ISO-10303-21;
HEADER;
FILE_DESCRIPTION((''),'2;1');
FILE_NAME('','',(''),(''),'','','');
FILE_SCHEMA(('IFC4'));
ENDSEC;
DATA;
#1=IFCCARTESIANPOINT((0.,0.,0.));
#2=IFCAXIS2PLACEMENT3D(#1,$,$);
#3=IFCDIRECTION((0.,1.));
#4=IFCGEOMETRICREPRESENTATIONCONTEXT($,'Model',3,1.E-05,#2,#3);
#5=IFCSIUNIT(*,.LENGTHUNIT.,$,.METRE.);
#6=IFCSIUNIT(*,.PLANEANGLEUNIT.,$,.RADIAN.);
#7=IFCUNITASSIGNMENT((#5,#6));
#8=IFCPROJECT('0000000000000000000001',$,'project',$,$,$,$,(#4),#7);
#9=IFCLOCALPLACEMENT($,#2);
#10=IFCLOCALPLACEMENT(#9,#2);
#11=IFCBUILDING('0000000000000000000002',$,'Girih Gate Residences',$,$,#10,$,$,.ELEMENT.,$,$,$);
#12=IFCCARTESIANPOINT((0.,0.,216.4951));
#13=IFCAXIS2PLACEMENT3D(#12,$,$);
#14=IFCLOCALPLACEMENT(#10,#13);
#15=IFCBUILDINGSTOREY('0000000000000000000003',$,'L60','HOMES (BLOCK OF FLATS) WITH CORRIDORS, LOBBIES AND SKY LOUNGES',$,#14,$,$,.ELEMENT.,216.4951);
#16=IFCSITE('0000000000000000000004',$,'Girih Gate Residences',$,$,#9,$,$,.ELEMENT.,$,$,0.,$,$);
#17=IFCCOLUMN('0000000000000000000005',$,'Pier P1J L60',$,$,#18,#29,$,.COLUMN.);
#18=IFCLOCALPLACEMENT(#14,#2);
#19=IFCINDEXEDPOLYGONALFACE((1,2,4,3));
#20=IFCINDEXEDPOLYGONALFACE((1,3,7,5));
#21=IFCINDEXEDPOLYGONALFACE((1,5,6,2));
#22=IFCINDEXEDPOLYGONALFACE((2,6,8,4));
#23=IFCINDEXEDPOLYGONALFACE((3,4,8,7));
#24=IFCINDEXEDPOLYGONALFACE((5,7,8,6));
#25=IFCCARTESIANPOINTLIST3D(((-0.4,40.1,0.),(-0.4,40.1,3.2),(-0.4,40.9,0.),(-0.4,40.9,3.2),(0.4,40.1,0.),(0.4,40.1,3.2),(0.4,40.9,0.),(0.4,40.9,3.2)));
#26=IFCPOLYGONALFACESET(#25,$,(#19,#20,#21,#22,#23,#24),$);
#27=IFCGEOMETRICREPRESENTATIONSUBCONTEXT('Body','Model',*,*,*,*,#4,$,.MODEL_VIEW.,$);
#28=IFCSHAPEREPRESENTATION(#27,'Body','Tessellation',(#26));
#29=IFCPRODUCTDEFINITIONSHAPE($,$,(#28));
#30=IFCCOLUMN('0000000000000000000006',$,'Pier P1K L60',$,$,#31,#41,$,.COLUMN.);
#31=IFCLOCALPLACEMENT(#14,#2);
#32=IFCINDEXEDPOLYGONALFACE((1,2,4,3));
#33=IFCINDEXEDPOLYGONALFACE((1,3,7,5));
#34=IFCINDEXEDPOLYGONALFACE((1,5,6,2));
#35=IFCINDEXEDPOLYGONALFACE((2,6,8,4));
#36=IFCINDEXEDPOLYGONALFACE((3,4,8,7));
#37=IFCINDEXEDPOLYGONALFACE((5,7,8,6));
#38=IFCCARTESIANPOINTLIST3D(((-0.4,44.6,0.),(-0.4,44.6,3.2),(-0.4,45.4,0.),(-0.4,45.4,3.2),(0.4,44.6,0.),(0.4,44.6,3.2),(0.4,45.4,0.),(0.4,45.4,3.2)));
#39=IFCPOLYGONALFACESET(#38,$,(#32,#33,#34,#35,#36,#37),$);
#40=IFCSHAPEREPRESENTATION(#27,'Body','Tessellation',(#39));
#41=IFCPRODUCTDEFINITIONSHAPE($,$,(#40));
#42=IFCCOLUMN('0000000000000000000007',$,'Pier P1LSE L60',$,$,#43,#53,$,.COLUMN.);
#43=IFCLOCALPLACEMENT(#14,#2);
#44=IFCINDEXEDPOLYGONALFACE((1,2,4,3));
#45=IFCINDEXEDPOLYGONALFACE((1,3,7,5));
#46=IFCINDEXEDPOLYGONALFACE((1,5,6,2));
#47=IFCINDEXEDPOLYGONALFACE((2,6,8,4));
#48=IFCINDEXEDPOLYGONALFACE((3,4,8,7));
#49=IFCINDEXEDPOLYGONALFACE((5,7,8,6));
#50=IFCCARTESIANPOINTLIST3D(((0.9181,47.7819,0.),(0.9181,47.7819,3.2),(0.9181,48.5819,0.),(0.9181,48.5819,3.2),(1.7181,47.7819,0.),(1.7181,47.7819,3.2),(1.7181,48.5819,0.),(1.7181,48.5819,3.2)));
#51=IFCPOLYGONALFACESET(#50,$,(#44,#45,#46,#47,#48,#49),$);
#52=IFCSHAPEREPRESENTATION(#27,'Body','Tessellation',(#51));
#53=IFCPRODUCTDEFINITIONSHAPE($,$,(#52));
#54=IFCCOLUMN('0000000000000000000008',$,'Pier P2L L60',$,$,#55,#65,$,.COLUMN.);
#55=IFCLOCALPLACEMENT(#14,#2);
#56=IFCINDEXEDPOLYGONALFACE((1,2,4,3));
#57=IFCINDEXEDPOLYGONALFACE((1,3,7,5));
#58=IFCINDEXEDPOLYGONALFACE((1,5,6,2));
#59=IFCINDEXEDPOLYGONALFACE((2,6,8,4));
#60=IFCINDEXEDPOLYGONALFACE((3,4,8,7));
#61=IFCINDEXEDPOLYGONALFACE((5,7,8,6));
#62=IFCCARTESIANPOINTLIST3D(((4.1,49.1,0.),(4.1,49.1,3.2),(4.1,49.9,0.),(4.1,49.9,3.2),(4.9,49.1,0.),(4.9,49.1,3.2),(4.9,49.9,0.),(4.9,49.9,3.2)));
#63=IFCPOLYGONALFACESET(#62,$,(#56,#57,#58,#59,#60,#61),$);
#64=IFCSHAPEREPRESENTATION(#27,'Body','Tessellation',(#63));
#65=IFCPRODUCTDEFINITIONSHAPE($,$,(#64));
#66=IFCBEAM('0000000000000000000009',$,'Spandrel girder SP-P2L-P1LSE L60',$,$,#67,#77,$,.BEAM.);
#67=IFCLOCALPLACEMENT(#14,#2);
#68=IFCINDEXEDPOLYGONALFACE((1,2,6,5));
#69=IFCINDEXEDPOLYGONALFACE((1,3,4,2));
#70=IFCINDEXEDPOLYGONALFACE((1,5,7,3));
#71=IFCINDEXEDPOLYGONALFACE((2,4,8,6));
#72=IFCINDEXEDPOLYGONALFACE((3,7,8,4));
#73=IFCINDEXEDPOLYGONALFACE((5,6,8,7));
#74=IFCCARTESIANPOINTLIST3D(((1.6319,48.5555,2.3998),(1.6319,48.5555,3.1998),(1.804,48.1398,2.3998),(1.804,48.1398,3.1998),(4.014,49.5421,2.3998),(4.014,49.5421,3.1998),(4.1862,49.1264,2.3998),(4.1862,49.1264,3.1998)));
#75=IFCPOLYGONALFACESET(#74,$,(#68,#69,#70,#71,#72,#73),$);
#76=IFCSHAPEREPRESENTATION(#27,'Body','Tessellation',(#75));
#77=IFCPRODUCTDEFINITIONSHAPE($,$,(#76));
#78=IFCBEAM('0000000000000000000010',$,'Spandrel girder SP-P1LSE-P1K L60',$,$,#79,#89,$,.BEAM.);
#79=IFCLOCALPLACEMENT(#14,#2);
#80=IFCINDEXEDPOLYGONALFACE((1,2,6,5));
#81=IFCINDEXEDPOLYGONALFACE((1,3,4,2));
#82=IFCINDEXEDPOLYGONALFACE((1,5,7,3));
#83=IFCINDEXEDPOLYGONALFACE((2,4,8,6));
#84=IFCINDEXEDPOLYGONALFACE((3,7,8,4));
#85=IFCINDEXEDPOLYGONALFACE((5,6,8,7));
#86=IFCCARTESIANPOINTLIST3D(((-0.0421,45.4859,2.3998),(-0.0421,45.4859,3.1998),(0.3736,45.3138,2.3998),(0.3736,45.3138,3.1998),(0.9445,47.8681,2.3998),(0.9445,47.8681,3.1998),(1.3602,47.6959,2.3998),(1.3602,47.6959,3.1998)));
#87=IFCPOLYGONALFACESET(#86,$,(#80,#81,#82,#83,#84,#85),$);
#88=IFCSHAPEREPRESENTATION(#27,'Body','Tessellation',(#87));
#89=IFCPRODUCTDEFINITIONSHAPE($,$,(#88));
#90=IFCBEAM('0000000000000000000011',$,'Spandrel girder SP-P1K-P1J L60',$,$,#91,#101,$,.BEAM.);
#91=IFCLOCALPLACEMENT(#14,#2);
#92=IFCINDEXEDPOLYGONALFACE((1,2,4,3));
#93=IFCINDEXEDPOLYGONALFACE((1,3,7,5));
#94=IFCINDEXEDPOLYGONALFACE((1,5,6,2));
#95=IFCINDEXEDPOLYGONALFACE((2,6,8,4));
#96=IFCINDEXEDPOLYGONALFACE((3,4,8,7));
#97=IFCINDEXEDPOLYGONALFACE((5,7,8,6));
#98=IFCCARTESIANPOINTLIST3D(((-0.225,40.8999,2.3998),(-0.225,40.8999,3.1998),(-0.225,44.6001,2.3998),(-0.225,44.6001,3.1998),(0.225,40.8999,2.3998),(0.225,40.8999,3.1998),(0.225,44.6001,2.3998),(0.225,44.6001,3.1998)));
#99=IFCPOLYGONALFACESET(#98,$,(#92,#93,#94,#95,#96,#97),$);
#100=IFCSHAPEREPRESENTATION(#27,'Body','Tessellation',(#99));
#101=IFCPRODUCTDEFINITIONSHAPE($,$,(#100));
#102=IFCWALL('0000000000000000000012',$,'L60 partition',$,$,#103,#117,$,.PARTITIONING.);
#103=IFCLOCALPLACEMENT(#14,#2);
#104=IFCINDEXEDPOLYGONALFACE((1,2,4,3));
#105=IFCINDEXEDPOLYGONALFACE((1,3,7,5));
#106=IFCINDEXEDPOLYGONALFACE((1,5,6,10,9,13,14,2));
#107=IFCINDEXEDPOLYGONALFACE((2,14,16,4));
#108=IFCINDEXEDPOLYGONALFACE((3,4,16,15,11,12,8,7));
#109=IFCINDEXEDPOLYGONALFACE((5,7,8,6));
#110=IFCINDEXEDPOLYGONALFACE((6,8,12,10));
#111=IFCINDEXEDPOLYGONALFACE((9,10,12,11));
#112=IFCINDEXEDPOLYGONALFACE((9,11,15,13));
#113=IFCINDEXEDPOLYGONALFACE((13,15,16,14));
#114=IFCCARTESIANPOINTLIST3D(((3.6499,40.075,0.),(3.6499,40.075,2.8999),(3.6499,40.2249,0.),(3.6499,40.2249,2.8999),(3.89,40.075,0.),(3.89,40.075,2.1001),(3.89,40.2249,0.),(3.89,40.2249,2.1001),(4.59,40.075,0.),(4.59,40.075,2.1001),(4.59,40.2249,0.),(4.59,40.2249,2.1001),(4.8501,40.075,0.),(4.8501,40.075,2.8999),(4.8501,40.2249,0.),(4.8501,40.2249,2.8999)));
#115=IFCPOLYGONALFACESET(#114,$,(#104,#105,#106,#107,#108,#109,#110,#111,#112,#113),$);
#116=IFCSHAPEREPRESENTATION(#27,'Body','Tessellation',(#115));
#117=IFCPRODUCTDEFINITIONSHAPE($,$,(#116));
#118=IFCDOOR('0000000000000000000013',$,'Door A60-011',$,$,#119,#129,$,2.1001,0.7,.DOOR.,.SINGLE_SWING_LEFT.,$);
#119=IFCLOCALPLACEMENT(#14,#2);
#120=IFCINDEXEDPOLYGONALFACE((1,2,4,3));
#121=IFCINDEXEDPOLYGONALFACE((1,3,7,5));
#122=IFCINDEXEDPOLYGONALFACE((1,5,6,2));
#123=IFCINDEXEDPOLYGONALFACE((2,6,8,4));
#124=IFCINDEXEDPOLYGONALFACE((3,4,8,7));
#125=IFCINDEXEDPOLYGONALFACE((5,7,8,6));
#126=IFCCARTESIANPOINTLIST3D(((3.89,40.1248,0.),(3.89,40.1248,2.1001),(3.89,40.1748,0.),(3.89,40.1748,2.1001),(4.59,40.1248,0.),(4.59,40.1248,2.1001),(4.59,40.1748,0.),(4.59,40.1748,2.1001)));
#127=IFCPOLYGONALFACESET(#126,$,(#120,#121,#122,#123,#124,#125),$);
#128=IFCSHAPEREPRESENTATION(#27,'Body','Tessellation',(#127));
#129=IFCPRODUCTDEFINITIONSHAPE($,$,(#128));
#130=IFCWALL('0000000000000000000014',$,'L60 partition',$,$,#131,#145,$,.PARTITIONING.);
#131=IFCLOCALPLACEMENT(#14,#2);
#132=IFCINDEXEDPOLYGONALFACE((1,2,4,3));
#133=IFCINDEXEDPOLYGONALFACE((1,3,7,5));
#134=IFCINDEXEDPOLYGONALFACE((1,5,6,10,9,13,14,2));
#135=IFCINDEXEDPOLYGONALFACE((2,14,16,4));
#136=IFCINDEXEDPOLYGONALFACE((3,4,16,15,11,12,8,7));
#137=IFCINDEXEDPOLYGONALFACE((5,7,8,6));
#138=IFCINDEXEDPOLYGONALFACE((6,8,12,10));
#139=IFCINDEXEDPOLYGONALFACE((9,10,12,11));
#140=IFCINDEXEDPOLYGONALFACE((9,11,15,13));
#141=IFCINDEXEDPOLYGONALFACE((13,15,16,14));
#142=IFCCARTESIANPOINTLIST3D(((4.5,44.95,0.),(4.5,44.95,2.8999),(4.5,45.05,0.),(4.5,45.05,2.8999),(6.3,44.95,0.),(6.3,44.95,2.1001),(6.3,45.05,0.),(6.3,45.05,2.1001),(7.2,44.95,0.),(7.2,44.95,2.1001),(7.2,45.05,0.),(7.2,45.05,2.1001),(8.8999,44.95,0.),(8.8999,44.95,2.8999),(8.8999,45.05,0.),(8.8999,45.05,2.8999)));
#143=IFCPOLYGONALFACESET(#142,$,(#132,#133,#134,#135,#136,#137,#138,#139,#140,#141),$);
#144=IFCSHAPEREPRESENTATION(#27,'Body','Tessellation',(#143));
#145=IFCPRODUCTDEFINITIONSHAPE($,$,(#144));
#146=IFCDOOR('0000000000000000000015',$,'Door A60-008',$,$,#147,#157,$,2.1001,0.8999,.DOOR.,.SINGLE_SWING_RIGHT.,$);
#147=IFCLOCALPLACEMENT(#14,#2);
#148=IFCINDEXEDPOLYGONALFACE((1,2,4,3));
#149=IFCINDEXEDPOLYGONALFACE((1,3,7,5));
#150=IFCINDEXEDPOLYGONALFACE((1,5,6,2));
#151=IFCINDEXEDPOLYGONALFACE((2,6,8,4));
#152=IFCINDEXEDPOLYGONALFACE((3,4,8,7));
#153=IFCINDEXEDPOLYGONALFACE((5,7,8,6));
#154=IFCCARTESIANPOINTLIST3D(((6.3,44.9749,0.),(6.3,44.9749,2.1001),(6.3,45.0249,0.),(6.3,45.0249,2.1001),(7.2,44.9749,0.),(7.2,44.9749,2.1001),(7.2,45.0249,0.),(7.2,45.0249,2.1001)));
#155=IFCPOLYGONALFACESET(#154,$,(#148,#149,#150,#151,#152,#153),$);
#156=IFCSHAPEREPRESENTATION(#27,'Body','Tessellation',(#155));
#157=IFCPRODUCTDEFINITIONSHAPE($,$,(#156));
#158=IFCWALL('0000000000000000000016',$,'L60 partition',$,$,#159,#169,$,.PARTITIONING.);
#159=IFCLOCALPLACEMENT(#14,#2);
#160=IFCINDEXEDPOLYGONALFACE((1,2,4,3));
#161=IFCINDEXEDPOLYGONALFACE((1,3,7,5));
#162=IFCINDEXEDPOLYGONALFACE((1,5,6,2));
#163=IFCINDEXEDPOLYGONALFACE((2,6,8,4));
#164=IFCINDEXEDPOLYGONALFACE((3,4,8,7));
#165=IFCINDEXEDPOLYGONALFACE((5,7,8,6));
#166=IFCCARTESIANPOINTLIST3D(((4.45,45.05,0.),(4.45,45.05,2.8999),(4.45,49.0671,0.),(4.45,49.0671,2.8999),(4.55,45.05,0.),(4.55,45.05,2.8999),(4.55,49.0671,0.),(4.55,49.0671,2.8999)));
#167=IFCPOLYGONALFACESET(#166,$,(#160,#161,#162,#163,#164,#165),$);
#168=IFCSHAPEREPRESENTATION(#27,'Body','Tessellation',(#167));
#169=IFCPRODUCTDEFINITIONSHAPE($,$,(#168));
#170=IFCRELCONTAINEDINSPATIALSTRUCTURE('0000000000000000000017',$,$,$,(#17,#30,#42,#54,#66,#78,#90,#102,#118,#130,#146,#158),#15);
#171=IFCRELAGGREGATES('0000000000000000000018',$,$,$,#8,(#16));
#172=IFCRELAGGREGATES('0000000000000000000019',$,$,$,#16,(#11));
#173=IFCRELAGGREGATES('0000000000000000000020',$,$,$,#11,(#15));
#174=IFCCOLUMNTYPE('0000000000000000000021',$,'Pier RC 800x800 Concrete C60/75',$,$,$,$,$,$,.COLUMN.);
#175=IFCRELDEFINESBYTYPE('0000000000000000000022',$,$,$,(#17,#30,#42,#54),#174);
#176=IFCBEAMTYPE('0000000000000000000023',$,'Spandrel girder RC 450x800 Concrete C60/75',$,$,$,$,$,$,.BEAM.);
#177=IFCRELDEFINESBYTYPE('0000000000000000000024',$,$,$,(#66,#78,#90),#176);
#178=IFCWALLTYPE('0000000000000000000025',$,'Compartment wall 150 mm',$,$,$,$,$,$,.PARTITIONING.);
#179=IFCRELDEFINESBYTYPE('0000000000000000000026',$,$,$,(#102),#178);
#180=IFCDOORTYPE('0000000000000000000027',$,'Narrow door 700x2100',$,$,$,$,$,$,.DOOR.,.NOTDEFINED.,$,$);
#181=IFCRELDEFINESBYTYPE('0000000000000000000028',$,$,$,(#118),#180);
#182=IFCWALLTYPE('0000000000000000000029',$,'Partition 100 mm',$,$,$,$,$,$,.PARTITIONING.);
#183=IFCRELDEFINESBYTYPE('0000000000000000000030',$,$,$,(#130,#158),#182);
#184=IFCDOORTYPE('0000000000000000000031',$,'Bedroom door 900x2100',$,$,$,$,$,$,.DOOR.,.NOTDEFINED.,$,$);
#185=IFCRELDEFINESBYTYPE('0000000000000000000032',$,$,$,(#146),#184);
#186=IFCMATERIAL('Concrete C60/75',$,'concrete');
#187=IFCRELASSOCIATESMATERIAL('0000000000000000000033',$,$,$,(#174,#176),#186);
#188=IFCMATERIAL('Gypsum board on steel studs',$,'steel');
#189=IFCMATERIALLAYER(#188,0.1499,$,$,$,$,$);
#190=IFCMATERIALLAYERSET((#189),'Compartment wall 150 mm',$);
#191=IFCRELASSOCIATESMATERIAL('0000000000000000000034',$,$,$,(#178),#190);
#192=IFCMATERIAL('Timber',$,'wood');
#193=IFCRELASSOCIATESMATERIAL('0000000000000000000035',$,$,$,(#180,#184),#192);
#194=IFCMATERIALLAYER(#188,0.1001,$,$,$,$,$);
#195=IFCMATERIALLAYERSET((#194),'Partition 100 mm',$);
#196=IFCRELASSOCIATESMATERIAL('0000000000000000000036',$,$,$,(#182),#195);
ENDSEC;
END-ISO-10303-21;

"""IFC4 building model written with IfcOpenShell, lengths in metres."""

from ifc_helpers import new_model, si_unit, direction, frame, frame_2d, origin, origin_2d, place, context, subcontext, project, spatial, rectangle, extrude, material, layer, layer_set, material_profile, profile_set, type_object, element, fill, save


model = new_model("IFC4")

# Units and contexts
model_context = context("Model", 3, precision=1e-05, world=origin(), true_north=direction((0.0, 1.0)))
body_context = subcontext(model_context, "Body", "Model", "MODEL_VIEW")
ifc_project = project(units=[si_unit("LENGTHUNIT", "METRE"), si_unit("PLANEANGLEUNIT", "RADIAN")], contexts=[model_context])

# Site, building, storey
site_placement = place(None, origin())
site = spatial("IfcSite", under=ifc_project, at=site_placement, Name="Girih Gate Residences", CompositionType="ELEMENT", RefElevation=0.0)
building_placement = place(site_placement, origin())
building = spatial("IfcBuilding", under=site, at=building_placement, Name="Girih Gate Residences", CompositionType="ELEMENT")
storey_placement = place(building_placement, frame((0.0, 0.0, 216.4951)))
storey = spatial("IfcBuildingStorey", under=building, at=storey_placement, Name="L60", Description="HOMES (BLOCK OF FLATS) WITH CORRIDORS, LOBBIES AND SKY LOUNGES", CompositionType="ELEMENT", Elevation=216.4951)

# Columns
ifc_material_1 = material(Name="Concrete C60/75", Category="concrete")
ifc_material_profile_1 = material_profile(ifc_material_1, rectangle(XDim=0.8, YDim=0.8, at=origin_2d()))
ifc_profile_set_1 = profile_set([ifc_material_profile_1], Name="Concrete C60/75")
column_type = type_object("IfcColumnType", Name="Pier RC 800x800 Concrete C60/75", PredefinedType="COLUMN", material=ifc_profile_set_1)
for number, where, z_axis, x_axis, name in (
    (1, (0.0, 40.5, 0.0), (0.0, 0.0, 1.0), (1.0, 0.0, 0.0), "Pier P1J L60"),
    (2, (0.0, 45.0, 0.0), (0.0, 0.0, 1.0), (1.0, 0.0, 0.0), "Pier P1K L60"),
    (3, (1.3181, 48.1819, 0.0), (0.0, 0.0, 1.0), (1.0, 0.0, 0.0), "Pier P1LSE L60"),
    (4, (4.5, 49.5, 0.0), (0.0, 0.0, 1.0), (1.0, 0.0, 0.0), "Pier P2L L60"),
):
    element("IfcColumn", number, at=place(storey_placement, frame(where, z_axis=z_axis, x_axis=x_axis)), inside=storey, type_object=column_type, Name=name, PredefinedType="COLUMN", context=body_context, shape_type="SweptSolid", body=[
        extrude(rectangle(XDim=0.8, YDim=0.8, at=origin_2d()), origin(), (0.0, 0.0, 1.0), 3.2),
    ])

# Beams
ifc_material_profile_2 = material_profile(ifc_material_1, rectangle(XDim=0.45, YDim=0.8, at=origin_2d()))
ifc_profile_set_2 = profile_set([ifc_material_profile_2], Name="Concrete C60/75")
beam_type = type_object("IfcBeamType", Name="Spandrel girder RC 450x800 Concrete C60/75", PredefinedType="BEAM", material=ifc_profile_set_2)
for number, where, z_axis, x_axis, name in (
    (5, (4.1001, 49.3342, 2.7998), (-0.923896, -0.382644, 0.0), (0.382644, -0.923896, 0.0), "Spandrel girder SP-P2L-P1LSE L60"),
    (6, (1.1523, 47.782, 2.7998), (-0.382644, -0.923896, 0.0), (0.923896, -0.382644, 0.0), "Spandrel girder SP-P1LSE-P1K L60"),
):
    element("IfcBeam", number, at=place(storey_placement, frame(where, z_axis=z_axis, x_axis=x_axis)), inside=storey, type_object=beam_type, Name=name, PredefinedType="BEAM", context=body_context, shape_type="SweptSolid", body=[
        extrude(rectangle(XDim=0.45, YDim=0.8, at=origin_2d()), origin(), (0.0, 0.0, 1.0), 2.5784),
    ])
beam_placement = place(storey_placement, frame((0.0, 44.6001, 2.7998), z_axis=(0.0, -1.0, 0.0), x_axis=(1.0, 0.0, 0.0)))
element("IfcBeam", 7, at=beam_placement, inside=storey, type_object=beam_type, Name="Spandrel girder SP-P1K-P1J L60", PredefinedType="BEAM", context=body_context, shape_type="SweptSolid", body=[
    extrude(rectangle(XDim=0.45, YDim=0.8, at=origin_2d()), origin(), (0.0, 0.0, 1.0), 3.7002),
])

# Walls, openings, doors
ifc_material_2 = material(Name="Gypsum board on steel studs", Category="steel")
ifc_layer_1 = layer(ifc_material_2, 0.1499)
ifc_layer_set_1 = layer_set([ifc_layer_1], Name="Compartment wall 150 mm")
wall_type_1 = type_object("IfcWallType", Name="Compartment wall 150 mm", PredefinedType="PARTITIONING", material=ifc_layer_set_1)
wall_1_placement = place(storey_placement, frame((3.6499, 40.1499, 0.0), z_axis=(0.0, 0.0, 1.0), x_axis=(1.0, 0.0, 0.0)))
wall_1 = element("IfcWall", 8, at=wall_1_placement, inside=storey, type_object=wall_type_1, Name="L60 partition", PredefinedType="PARTITIONING", context=body_context, shape_type="SweptSolid", body=[
    extrude(rectangle(XDim=1.2002, YDim=0.1499, at=frame_2d((0.6001, 0.0))), origin(), (0.0, 0.0, 1.0), 2.8999),
])
opening_1_placement = place(wall_1_placement, frame((0.24, 0.0, 0.0)))
opening_1 = element("IfcOpeningElement", 9, at=opening_1_placement, cuts=wall_1, PredefinedType="OPENING", context=body_context, shape_type="SweptSolid", body=[
    extrude(rectangle(XDim=0.7, YDim=2.1001, at=frame_2d((0.3501, 1.05))), frame((0.0, 0.085, 0.0), z_axis=(0.0, -1.0, 0.0), x_axis=(1.0, 0.0, 0.0)), (0.0, 0.0, 1.0), 0.1699),
])
ifc_material_3 = material(Name="Timber", Category="wood")
door_type_1 = type_object("IfcDoorType", Name="Narrow door 700x2100", OperationType="NOTDEFINED", PredefinedType="DOOR", material=ifc_material_3)
door_1_placement = place(opening_1_placement, origin())
door_1 = element("IfcDoor", 10, at=door_1_placement, inside=storey, type_object=door_type_1, Name="Door A60-011", OperationType="SINGLE_SWING_LEFT", OverallHeight=2.1001, OverallWidth=0.7, PredefinedType="DOOR", context=body_context, shape_type="SweptSolid", body=[
    extrude(rectangle(XDim=0.7, YDim=2.1001, at=frame_2d((0.3501, 1.05))), frame((0.0, 0.0249, 0.0), z_axis=(0.0, -1.0, 0.0), x_axis=(1.0, 0.0, 0.0)), (0.0, 0.0, 1.0), 0.05),
])
fill(opening_1, door_1)
ifc_layer_2 = layer(ifc_material_2, 0.1001)
ifc_layer_set_2 = layer_set([ifc_layer_2], Name="Partition 100 mm")
wall_type_2 = type_object("IfcWallType", Name="Partition 100 mm", PredefinedType="PARTITIONING", material=ifc_layer_set_2)
wall_2_placement = place(storey_placement, frame((4.5, 45.0, 0.0), z_axis=(0.0, 0.0, 1.0), x_axis=(1.0, 0.0, 0.0)))
wall_2 = element("IfcWall", 11, at=wall_2_placement, inside=storey, type_object=wall_type_2, Name="L60 partition", PredefinedType="PARTITIONING", context=body_context, shape_type="SweptSolid", body=[
    extrude(rectangle(XDim=4.3999, YDim=0.1001, at=frame_2d((2.2, 0.0))), origin(), (0.0, 0.0, 1.0), 2.8999),
])
opening_2_placement = place(wall_2_placement, frame((1.8, 0.0, 0.0)))
opening_2 = element("IfcOpeningElement", 12, at=opening_2_placement, cuts=wall_2, PredefinedType="OPENING", context=body_context, shape_type="SweptSolid", body=[
    extrude(rectangle(XDim=0.8999, YDim=2.1001, at=frame_2d((0.45, 1.05))), frame((0.0, 0.0601, 0.0), z_axis=(0.0, -1.0, 0.0), x_axis=(1.0, 0.0, 0.0)), (0.0, 0.0, 1.0), 0.1201),
])
door_type_2 = type_object("IfcDoorType", Name="Bedroom door 900x2100", OperationType="NOTDEFINED", PredefinedType="DOOR", material=ifc_material_3)
door_2_placement = place(opening_2_placement, origin())
door_2 = element("IfcDoor", 13, at=door_2_placement, inside=storey, type_object=door_type_2, Name="Door A60-008", OperationType="SINGLE_SWING_RIGHT", OverallHeight=2.1001, OverallWidth=0.8999, PredefinedType="DOOR", context=body_context, shape_type="SweptSolid", body=[
    extrude(rectangle(XDim=0.8999, YDim=2.1001, at=frame_2d((0.45, 1.05))), frame((0.0, 0.0249, 0.0), z_axis=(0.0, -1.0, 0.0), x_axis=(1.0, 0.0, 0.0)), (0.0, 0.0, 1.0), 0.05),
])
fill(opening_2, door_2)

# Wall
wall_3_placement = place(storey_placement, frame((4.5, 45.05, 0.0), z_axis=(0.0, 0.0, 1.0), x_axis=(0.0, 1.0, 0.0)))
element("IfcWall", 14, at=wall_3_placement, inside=storey, type_object=wall_type_2, Name="L60 partition", PredefinedType="PARTITIONING", context=body_context, shape_type="SweptSolid", body=[
    extrude(rectangle(XDim=4.0171, YDim=0.1001, at=frame_2d((2.0085, 0.0))), origin(), (0.0, 0.0, 1.0), 2.8999),
])

save(model, "model.ifc")
